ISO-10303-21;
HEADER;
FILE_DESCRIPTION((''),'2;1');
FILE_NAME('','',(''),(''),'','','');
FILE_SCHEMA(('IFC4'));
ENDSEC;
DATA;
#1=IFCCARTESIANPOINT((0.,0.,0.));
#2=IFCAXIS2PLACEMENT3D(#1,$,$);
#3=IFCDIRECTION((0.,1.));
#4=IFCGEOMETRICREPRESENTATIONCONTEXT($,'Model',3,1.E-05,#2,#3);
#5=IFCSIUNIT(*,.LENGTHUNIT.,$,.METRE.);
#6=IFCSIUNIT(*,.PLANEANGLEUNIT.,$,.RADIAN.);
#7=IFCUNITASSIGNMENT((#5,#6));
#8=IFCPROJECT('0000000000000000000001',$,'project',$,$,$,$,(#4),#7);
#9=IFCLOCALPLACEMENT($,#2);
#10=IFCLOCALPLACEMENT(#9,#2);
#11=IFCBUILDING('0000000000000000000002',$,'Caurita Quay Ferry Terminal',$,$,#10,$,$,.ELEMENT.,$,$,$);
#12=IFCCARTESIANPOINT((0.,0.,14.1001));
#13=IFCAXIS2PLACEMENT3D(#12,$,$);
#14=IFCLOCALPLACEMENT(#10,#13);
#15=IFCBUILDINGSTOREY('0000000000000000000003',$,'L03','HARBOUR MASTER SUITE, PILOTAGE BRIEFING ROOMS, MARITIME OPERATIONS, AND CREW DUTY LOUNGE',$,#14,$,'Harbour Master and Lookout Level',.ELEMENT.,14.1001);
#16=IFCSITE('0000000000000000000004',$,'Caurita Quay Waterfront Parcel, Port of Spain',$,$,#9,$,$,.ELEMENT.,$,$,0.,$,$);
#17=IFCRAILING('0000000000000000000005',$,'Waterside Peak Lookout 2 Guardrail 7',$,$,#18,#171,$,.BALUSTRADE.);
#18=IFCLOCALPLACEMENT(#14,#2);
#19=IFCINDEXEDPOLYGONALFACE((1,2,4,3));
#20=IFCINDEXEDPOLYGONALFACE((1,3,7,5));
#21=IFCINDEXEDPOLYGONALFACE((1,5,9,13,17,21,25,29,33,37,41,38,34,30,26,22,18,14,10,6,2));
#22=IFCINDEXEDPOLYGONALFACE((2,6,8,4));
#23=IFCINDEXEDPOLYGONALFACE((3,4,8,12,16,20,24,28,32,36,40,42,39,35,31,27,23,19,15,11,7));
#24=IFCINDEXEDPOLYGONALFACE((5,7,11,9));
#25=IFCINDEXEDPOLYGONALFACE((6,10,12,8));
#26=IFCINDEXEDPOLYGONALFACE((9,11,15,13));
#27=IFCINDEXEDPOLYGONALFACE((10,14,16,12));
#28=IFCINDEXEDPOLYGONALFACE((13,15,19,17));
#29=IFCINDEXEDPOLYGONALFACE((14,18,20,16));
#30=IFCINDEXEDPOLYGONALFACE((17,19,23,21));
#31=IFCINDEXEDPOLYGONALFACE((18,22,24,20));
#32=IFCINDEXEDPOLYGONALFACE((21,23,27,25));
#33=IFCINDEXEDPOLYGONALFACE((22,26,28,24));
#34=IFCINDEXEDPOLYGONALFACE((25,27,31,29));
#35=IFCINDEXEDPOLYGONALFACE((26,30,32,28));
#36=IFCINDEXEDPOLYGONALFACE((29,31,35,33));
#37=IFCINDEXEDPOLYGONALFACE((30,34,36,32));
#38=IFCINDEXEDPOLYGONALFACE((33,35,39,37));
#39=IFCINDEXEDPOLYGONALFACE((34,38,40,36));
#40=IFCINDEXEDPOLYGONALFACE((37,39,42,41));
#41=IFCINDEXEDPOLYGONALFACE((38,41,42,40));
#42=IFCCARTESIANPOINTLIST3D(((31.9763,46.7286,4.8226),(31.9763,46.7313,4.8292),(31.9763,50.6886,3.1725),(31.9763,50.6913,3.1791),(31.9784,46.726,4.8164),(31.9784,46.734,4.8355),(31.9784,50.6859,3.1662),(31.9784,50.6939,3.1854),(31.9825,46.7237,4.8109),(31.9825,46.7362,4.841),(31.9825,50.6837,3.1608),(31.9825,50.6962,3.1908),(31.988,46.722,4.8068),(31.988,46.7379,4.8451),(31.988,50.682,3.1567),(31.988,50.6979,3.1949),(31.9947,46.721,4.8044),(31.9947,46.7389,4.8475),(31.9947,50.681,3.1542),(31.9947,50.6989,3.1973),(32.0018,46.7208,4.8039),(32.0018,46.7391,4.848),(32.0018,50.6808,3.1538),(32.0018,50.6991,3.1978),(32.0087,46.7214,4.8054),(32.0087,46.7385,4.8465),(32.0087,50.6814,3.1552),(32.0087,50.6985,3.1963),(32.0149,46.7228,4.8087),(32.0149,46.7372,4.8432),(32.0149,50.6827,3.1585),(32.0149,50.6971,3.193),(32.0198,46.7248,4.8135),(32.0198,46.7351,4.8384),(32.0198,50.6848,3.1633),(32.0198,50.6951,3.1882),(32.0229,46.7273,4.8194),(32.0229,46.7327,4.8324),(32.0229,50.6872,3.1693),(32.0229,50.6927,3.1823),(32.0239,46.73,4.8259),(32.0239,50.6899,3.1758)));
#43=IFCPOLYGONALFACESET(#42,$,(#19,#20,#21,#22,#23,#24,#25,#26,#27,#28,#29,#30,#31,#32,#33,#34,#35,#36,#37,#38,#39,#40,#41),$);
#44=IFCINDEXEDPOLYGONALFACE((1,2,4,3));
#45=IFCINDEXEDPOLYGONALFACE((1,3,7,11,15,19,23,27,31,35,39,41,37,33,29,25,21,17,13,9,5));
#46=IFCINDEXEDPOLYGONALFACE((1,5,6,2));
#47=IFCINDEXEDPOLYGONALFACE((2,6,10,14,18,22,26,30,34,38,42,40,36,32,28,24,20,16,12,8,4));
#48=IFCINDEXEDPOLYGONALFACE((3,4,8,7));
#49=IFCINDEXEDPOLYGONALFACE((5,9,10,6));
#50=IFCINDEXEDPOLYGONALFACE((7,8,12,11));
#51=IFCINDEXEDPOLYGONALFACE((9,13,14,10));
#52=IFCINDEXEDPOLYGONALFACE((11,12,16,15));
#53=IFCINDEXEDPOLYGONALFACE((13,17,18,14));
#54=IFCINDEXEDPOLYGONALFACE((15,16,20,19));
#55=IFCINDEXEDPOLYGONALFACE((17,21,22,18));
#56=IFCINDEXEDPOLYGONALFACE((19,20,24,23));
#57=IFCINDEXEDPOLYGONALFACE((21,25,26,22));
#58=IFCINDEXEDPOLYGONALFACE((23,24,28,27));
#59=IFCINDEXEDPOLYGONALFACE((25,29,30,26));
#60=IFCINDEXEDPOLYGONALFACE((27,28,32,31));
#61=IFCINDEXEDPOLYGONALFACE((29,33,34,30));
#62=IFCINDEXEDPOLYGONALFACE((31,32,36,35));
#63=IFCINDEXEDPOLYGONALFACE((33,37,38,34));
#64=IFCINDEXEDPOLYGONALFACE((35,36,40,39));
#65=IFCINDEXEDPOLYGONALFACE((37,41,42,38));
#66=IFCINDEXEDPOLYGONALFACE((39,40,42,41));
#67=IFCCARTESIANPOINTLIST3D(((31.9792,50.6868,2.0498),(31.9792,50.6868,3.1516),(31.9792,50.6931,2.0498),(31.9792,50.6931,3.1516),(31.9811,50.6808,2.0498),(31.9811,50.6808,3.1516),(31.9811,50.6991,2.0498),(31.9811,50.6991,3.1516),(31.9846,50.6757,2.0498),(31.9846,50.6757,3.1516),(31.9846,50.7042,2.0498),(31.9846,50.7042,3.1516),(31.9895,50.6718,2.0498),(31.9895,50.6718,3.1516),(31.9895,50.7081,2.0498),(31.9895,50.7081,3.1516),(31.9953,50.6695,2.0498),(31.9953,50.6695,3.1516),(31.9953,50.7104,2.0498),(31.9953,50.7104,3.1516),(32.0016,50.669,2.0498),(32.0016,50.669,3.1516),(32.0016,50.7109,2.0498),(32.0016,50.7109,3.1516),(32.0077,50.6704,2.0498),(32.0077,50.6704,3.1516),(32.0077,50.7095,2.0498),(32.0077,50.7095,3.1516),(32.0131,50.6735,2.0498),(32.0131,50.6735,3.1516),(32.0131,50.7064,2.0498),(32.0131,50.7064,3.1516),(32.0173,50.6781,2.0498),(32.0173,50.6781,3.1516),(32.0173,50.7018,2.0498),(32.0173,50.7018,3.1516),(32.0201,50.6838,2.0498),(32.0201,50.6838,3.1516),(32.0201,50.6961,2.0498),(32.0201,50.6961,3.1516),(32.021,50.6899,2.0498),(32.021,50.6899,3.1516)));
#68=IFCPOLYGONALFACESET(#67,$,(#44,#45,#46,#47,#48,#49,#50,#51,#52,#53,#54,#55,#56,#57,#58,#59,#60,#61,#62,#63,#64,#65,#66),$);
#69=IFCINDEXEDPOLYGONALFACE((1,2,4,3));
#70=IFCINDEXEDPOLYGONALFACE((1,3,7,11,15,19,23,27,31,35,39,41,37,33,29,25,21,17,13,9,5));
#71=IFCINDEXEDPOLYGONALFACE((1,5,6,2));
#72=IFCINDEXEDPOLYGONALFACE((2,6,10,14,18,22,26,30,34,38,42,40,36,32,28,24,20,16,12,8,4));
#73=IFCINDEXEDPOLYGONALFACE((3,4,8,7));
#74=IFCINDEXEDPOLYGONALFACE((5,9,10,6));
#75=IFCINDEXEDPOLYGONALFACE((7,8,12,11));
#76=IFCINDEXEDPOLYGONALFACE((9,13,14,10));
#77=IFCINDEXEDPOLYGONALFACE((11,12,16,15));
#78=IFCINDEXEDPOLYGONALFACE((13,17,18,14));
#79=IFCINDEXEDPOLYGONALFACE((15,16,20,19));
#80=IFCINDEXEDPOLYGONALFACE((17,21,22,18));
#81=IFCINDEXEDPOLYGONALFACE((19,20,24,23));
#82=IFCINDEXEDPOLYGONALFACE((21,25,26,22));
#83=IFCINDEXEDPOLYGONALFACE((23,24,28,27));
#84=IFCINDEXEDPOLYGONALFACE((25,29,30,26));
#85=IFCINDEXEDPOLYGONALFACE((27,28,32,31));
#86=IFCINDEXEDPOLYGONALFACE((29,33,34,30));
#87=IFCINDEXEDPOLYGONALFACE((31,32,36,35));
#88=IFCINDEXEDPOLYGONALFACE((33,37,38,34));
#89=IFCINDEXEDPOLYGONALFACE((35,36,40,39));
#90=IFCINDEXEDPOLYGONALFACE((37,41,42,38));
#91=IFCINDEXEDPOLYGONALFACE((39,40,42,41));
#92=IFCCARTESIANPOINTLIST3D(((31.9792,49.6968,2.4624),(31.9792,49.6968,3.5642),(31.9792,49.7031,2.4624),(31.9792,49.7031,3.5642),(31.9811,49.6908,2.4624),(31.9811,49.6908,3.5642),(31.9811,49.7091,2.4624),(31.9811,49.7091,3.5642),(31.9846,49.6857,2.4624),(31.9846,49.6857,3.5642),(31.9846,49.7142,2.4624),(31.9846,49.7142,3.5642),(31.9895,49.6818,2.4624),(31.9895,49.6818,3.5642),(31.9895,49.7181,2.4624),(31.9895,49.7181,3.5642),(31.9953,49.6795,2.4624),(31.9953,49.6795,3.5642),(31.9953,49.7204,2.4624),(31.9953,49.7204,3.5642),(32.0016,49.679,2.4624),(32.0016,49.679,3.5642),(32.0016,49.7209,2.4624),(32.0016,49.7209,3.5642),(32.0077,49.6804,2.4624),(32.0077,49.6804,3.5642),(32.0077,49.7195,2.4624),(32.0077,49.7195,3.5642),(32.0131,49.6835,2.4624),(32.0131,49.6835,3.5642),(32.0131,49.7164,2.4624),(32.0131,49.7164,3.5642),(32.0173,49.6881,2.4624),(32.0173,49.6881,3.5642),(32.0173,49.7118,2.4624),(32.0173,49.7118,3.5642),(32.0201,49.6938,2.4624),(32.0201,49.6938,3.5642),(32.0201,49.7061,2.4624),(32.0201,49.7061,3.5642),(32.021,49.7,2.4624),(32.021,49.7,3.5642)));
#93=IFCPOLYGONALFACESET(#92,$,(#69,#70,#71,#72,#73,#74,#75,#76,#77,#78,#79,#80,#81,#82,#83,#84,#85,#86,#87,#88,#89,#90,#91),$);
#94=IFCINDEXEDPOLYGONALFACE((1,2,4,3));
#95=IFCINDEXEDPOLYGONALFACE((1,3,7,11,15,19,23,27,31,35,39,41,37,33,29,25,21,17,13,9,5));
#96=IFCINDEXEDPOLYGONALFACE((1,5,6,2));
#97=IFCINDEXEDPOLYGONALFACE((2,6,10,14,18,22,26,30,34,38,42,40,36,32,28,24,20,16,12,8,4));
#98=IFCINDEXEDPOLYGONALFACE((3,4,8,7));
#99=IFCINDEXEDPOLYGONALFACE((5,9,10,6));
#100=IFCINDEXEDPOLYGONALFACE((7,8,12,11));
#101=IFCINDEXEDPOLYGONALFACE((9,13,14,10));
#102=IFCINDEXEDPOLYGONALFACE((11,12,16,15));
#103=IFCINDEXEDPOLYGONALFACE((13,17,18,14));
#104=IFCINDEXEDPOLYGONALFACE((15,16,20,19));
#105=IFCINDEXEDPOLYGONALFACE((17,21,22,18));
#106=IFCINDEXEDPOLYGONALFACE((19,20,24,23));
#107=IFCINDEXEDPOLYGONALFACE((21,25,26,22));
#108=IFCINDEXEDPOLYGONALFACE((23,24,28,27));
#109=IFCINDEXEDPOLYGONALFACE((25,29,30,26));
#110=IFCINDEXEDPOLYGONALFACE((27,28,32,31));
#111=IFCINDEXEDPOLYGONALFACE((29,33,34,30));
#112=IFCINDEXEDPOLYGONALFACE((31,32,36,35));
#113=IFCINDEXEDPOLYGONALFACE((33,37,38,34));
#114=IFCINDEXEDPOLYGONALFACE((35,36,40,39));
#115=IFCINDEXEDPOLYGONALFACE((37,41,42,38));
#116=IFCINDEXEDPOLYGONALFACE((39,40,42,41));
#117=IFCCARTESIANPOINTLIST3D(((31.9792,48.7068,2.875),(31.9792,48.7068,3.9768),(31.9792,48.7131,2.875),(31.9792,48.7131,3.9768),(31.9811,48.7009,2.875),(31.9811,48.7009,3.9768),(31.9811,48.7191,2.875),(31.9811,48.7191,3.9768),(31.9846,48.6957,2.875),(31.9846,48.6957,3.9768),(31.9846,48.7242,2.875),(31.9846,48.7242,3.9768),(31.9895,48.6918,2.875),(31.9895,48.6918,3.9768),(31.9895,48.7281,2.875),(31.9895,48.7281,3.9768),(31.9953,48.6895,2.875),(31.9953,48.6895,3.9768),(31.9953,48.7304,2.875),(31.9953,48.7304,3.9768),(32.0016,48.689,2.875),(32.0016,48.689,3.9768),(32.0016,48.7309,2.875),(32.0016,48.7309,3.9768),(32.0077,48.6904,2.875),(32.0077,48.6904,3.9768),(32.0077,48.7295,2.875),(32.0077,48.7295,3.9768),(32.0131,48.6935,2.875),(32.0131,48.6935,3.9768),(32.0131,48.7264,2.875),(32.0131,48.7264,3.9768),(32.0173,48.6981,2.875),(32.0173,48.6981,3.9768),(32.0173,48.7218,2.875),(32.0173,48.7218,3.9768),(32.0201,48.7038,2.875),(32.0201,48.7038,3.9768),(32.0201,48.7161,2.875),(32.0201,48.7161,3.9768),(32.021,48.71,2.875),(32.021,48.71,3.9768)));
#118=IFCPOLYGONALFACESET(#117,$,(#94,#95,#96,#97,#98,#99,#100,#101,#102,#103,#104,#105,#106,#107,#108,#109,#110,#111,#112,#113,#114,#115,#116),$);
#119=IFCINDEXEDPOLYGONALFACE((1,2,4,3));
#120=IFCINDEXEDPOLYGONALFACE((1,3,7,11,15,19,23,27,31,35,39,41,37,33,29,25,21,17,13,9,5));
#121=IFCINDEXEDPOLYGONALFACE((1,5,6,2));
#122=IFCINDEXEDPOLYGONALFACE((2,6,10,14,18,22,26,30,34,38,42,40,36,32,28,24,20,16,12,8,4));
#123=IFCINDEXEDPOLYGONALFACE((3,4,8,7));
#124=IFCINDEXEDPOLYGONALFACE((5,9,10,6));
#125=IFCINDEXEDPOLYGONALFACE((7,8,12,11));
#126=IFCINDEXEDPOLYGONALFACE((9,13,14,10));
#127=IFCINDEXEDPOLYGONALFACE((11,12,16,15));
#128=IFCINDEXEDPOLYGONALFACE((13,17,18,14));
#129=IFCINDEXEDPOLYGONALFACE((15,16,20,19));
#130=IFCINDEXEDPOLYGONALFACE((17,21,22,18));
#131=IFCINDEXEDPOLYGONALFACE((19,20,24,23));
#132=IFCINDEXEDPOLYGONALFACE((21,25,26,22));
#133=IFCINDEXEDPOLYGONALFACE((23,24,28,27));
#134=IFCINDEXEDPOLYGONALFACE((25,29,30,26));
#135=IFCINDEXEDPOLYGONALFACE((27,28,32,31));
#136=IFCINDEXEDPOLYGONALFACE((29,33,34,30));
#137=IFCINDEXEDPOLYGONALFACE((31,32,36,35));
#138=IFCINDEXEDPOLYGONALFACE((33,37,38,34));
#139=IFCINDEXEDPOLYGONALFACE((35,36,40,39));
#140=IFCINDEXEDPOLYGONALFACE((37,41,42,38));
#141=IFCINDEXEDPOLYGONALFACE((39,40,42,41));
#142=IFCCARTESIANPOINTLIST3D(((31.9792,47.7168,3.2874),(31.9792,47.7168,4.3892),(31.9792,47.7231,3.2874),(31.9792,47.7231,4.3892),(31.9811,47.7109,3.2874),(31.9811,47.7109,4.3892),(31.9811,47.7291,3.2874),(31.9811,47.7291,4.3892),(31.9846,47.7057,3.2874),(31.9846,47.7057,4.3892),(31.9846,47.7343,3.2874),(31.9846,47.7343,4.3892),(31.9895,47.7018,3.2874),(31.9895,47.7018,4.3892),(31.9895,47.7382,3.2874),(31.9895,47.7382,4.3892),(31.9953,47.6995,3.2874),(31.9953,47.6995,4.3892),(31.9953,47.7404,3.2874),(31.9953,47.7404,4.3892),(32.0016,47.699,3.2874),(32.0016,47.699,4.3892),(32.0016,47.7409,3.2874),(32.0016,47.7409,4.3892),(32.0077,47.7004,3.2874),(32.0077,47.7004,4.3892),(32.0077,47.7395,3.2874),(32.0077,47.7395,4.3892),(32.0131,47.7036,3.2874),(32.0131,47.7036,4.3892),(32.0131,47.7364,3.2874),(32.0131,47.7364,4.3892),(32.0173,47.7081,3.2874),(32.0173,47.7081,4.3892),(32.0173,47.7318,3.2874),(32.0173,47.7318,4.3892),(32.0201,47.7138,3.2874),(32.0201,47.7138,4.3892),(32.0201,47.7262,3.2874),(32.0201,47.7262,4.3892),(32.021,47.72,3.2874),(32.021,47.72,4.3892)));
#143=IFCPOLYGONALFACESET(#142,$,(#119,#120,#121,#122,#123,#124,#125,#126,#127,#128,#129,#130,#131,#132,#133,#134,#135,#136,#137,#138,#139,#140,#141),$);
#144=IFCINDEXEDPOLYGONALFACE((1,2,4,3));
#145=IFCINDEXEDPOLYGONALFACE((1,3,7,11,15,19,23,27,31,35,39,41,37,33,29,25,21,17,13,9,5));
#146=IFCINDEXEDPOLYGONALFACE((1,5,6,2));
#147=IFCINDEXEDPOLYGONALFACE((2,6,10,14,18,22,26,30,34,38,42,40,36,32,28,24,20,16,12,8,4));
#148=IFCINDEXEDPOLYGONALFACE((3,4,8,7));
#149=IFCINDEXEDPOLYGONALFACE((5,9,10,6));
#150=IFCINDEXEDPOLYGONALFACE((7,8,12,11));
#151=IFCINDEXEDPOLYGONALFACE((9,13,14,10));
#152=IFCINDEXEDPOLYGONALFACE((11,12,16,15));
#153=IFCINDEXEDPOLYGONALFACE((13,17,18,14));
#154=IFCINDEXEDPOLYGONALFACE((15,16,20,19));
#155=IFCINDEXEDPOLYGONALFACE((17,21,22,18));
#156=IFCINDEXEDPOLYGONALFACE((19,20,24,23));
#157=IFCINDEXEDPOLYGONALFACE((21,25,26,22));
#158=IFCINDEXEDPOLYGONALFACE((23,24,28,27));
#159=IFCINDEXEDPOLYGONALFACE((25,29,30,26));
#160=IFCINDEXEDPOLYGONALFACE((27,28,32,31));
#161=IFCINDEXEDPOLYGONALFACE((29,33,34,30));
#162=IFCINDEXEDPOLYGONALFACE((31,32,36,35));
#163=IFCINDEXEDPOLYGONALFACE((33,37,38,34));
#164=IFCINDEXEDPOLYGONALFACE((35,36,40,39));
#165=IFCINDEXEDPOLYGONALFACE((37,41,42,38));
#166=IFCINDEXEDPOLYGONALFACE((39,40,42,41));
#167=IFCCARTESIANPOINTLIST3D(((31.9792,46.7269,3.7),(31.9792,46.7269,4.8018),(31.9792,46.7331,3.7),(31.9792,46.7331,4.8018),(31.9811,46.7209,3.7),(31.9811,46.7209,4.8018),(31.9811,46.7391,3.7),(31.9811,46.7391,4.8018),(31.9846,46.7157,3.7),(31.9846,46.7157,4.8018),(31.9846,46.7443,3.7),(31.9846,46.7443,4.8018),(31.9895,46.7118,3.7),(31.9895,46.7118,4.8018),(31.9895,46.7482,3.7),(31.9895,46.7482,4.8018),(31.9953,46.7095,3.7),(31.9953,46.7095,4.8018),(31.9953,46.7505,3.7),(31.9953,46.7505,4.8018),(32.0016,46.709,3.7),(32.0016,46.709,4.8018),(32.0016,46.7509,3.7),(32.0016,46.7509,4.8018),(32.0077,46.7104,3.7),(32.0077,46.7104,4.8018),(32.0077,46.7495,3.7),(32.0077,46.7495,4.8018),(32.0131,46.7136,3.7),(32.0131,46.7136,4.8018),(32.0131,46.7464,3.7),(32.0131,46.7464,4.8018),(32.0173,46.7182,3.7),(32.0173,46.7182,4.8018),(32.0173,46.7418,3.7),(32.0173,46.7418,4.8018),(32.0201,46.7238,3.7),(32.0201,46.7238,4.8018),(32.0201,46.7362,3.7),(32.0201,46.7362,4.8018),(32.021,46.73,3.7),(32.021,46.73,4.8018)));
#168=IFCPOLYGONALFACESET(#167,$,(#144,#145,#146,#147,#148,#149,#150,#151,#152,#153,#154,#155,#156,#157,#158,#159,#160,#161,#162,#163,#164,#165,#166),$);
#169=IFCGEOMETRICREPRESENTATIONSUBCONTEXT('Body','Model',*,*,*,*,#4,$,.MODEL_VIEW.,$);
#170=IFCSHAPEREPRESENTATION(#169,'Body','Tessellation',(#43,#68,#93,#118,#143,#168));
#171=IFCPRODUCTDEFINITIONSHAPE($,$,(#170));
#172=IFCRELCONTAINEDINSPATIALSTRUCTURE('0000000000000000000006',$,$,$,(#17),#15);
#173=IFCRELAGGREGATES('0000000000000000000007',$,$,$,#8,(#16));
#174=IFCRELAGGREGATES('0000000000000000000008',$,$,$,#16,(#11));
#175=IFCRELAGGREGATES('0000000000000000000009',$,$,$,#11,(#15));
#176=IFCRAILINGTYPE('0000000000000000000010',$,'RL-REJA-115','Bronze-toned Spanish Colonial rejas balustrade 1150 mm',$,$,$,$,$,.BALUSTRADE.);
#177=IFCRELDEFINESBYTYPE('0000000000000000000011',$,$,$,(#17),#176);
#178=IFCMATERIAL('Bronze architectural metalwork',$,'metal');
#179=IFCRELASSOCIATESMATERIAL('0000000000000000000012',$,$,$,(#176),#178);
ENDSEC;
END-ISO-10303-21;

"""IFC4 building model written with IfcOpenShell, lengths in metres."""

from ifc_helpers import new_model, si_unit, direction, frame, origin, origin_2d, place, context, subcontext, project, spatial, circle, extrude, material, type_object, element, save


model = new_model("IFC4")

# Units and contexts
model_context = context("Model", 3, precision=1e-05, world=origin(), true_north=direction((0.0, 1.0)))
body_context = subcontext(model_context, "Body", "Model", "MODEL_VIEW")
ifc_project = project(units=[si_unit("LENGTHUNIT", "METRE"), si_unit("PLANEANGLEUNIT", "RADIAN")], contexts=[model_context])

# Site, building, storey
site_placement = place(None, origin())
site = spatial("IfcSite", under=ifc_project, at=site_placement, Name="Caurita Quay Waterfront Parcel, Port of Spain", CompositionType="ELEMENT", RefElevation=0.0)
building_placement = place(site_placement, origin())
building = spatial("IfcBuilding", under=site, at=building_placement, Name="Caurita Quay Ferry Terminal", CompositionType="ELEMENT")
storey_placement = place(building_placement, frame((0.0, 0.0, 14.1001)))
storey = spatial("IfcBuildingStorey", under=building, at=storey_placement, Name="L03", Description="HARBOUR MASTER SUITE, PILOTAGE BRIEFING ROOMS, MARITIME OPERATIONS, AND CREW DUTY LOUNGE", LongName="Harbour Master and Lookout Level", CompositionType="ELEMENT", Elevation=14.1001)

# Railing
ifc_material_1 = material(Name="Bronze architectural metalwork", Category="metal")
railing_type_1 = type_object("IfcRailingType", Name="RL-REJA-115", Description="Bronze-toned Spanish Colonial rejas balustrade 1150 mm", PredefinedType="BALUSTRADE", material=ifc_material_1)
for number, where, name in (
    (1, (32.0, 50.6899, 2.0498), "Waterside Peak Lookout 2 Guardrail 7"),
):
    element("IfcRailing", number, at=place(storey_placement, frame(where)), inside=storey, type_object=railing_type_1, Name=name, PredefinedType="BALUSTRADE", context=body_context, shape_type="SweptSolid", body=[
        extrude(circle(Radius=0.0239, at=origin_2d()), frame((0.0, 0.0, 1.126), z_axis=(0.0, -0.923063, 0.384648), x_axis=(1.0, 0.0, 0.0)), (0.0, 0.0, 1.0), 4.29),
        extrude(circle(Radius=0.021, at=origin_2d()), origin(), (0.0, 0.0, 1.0), 1.1018),
        extrude(circle(Radius=0.021, at=origin_2d()), frame((0.0, -0.99, 0.4126)), (0.0, 0.0, 1.0), 1.1018),
        extrude(circle(Radius=0.021, at=origin_2d()), frame((0.0, -1.98, 0.8252)), (0.0, 0.0, 1.0), 1.1018),
        extrude(circle(Radius=0.021, at=origin_2d()), frame((0.0, -2.97, 1.2375)), (0.0, 0.0, 1.0), 1.1018),
        extrude(circle(Radius=0.021, at=origin_2d()), frame((0.0, -3.96, 1.6501)), (0.0, 0.0, 1.0), 1.1018),
    ])

save(model, "model.ifc")
